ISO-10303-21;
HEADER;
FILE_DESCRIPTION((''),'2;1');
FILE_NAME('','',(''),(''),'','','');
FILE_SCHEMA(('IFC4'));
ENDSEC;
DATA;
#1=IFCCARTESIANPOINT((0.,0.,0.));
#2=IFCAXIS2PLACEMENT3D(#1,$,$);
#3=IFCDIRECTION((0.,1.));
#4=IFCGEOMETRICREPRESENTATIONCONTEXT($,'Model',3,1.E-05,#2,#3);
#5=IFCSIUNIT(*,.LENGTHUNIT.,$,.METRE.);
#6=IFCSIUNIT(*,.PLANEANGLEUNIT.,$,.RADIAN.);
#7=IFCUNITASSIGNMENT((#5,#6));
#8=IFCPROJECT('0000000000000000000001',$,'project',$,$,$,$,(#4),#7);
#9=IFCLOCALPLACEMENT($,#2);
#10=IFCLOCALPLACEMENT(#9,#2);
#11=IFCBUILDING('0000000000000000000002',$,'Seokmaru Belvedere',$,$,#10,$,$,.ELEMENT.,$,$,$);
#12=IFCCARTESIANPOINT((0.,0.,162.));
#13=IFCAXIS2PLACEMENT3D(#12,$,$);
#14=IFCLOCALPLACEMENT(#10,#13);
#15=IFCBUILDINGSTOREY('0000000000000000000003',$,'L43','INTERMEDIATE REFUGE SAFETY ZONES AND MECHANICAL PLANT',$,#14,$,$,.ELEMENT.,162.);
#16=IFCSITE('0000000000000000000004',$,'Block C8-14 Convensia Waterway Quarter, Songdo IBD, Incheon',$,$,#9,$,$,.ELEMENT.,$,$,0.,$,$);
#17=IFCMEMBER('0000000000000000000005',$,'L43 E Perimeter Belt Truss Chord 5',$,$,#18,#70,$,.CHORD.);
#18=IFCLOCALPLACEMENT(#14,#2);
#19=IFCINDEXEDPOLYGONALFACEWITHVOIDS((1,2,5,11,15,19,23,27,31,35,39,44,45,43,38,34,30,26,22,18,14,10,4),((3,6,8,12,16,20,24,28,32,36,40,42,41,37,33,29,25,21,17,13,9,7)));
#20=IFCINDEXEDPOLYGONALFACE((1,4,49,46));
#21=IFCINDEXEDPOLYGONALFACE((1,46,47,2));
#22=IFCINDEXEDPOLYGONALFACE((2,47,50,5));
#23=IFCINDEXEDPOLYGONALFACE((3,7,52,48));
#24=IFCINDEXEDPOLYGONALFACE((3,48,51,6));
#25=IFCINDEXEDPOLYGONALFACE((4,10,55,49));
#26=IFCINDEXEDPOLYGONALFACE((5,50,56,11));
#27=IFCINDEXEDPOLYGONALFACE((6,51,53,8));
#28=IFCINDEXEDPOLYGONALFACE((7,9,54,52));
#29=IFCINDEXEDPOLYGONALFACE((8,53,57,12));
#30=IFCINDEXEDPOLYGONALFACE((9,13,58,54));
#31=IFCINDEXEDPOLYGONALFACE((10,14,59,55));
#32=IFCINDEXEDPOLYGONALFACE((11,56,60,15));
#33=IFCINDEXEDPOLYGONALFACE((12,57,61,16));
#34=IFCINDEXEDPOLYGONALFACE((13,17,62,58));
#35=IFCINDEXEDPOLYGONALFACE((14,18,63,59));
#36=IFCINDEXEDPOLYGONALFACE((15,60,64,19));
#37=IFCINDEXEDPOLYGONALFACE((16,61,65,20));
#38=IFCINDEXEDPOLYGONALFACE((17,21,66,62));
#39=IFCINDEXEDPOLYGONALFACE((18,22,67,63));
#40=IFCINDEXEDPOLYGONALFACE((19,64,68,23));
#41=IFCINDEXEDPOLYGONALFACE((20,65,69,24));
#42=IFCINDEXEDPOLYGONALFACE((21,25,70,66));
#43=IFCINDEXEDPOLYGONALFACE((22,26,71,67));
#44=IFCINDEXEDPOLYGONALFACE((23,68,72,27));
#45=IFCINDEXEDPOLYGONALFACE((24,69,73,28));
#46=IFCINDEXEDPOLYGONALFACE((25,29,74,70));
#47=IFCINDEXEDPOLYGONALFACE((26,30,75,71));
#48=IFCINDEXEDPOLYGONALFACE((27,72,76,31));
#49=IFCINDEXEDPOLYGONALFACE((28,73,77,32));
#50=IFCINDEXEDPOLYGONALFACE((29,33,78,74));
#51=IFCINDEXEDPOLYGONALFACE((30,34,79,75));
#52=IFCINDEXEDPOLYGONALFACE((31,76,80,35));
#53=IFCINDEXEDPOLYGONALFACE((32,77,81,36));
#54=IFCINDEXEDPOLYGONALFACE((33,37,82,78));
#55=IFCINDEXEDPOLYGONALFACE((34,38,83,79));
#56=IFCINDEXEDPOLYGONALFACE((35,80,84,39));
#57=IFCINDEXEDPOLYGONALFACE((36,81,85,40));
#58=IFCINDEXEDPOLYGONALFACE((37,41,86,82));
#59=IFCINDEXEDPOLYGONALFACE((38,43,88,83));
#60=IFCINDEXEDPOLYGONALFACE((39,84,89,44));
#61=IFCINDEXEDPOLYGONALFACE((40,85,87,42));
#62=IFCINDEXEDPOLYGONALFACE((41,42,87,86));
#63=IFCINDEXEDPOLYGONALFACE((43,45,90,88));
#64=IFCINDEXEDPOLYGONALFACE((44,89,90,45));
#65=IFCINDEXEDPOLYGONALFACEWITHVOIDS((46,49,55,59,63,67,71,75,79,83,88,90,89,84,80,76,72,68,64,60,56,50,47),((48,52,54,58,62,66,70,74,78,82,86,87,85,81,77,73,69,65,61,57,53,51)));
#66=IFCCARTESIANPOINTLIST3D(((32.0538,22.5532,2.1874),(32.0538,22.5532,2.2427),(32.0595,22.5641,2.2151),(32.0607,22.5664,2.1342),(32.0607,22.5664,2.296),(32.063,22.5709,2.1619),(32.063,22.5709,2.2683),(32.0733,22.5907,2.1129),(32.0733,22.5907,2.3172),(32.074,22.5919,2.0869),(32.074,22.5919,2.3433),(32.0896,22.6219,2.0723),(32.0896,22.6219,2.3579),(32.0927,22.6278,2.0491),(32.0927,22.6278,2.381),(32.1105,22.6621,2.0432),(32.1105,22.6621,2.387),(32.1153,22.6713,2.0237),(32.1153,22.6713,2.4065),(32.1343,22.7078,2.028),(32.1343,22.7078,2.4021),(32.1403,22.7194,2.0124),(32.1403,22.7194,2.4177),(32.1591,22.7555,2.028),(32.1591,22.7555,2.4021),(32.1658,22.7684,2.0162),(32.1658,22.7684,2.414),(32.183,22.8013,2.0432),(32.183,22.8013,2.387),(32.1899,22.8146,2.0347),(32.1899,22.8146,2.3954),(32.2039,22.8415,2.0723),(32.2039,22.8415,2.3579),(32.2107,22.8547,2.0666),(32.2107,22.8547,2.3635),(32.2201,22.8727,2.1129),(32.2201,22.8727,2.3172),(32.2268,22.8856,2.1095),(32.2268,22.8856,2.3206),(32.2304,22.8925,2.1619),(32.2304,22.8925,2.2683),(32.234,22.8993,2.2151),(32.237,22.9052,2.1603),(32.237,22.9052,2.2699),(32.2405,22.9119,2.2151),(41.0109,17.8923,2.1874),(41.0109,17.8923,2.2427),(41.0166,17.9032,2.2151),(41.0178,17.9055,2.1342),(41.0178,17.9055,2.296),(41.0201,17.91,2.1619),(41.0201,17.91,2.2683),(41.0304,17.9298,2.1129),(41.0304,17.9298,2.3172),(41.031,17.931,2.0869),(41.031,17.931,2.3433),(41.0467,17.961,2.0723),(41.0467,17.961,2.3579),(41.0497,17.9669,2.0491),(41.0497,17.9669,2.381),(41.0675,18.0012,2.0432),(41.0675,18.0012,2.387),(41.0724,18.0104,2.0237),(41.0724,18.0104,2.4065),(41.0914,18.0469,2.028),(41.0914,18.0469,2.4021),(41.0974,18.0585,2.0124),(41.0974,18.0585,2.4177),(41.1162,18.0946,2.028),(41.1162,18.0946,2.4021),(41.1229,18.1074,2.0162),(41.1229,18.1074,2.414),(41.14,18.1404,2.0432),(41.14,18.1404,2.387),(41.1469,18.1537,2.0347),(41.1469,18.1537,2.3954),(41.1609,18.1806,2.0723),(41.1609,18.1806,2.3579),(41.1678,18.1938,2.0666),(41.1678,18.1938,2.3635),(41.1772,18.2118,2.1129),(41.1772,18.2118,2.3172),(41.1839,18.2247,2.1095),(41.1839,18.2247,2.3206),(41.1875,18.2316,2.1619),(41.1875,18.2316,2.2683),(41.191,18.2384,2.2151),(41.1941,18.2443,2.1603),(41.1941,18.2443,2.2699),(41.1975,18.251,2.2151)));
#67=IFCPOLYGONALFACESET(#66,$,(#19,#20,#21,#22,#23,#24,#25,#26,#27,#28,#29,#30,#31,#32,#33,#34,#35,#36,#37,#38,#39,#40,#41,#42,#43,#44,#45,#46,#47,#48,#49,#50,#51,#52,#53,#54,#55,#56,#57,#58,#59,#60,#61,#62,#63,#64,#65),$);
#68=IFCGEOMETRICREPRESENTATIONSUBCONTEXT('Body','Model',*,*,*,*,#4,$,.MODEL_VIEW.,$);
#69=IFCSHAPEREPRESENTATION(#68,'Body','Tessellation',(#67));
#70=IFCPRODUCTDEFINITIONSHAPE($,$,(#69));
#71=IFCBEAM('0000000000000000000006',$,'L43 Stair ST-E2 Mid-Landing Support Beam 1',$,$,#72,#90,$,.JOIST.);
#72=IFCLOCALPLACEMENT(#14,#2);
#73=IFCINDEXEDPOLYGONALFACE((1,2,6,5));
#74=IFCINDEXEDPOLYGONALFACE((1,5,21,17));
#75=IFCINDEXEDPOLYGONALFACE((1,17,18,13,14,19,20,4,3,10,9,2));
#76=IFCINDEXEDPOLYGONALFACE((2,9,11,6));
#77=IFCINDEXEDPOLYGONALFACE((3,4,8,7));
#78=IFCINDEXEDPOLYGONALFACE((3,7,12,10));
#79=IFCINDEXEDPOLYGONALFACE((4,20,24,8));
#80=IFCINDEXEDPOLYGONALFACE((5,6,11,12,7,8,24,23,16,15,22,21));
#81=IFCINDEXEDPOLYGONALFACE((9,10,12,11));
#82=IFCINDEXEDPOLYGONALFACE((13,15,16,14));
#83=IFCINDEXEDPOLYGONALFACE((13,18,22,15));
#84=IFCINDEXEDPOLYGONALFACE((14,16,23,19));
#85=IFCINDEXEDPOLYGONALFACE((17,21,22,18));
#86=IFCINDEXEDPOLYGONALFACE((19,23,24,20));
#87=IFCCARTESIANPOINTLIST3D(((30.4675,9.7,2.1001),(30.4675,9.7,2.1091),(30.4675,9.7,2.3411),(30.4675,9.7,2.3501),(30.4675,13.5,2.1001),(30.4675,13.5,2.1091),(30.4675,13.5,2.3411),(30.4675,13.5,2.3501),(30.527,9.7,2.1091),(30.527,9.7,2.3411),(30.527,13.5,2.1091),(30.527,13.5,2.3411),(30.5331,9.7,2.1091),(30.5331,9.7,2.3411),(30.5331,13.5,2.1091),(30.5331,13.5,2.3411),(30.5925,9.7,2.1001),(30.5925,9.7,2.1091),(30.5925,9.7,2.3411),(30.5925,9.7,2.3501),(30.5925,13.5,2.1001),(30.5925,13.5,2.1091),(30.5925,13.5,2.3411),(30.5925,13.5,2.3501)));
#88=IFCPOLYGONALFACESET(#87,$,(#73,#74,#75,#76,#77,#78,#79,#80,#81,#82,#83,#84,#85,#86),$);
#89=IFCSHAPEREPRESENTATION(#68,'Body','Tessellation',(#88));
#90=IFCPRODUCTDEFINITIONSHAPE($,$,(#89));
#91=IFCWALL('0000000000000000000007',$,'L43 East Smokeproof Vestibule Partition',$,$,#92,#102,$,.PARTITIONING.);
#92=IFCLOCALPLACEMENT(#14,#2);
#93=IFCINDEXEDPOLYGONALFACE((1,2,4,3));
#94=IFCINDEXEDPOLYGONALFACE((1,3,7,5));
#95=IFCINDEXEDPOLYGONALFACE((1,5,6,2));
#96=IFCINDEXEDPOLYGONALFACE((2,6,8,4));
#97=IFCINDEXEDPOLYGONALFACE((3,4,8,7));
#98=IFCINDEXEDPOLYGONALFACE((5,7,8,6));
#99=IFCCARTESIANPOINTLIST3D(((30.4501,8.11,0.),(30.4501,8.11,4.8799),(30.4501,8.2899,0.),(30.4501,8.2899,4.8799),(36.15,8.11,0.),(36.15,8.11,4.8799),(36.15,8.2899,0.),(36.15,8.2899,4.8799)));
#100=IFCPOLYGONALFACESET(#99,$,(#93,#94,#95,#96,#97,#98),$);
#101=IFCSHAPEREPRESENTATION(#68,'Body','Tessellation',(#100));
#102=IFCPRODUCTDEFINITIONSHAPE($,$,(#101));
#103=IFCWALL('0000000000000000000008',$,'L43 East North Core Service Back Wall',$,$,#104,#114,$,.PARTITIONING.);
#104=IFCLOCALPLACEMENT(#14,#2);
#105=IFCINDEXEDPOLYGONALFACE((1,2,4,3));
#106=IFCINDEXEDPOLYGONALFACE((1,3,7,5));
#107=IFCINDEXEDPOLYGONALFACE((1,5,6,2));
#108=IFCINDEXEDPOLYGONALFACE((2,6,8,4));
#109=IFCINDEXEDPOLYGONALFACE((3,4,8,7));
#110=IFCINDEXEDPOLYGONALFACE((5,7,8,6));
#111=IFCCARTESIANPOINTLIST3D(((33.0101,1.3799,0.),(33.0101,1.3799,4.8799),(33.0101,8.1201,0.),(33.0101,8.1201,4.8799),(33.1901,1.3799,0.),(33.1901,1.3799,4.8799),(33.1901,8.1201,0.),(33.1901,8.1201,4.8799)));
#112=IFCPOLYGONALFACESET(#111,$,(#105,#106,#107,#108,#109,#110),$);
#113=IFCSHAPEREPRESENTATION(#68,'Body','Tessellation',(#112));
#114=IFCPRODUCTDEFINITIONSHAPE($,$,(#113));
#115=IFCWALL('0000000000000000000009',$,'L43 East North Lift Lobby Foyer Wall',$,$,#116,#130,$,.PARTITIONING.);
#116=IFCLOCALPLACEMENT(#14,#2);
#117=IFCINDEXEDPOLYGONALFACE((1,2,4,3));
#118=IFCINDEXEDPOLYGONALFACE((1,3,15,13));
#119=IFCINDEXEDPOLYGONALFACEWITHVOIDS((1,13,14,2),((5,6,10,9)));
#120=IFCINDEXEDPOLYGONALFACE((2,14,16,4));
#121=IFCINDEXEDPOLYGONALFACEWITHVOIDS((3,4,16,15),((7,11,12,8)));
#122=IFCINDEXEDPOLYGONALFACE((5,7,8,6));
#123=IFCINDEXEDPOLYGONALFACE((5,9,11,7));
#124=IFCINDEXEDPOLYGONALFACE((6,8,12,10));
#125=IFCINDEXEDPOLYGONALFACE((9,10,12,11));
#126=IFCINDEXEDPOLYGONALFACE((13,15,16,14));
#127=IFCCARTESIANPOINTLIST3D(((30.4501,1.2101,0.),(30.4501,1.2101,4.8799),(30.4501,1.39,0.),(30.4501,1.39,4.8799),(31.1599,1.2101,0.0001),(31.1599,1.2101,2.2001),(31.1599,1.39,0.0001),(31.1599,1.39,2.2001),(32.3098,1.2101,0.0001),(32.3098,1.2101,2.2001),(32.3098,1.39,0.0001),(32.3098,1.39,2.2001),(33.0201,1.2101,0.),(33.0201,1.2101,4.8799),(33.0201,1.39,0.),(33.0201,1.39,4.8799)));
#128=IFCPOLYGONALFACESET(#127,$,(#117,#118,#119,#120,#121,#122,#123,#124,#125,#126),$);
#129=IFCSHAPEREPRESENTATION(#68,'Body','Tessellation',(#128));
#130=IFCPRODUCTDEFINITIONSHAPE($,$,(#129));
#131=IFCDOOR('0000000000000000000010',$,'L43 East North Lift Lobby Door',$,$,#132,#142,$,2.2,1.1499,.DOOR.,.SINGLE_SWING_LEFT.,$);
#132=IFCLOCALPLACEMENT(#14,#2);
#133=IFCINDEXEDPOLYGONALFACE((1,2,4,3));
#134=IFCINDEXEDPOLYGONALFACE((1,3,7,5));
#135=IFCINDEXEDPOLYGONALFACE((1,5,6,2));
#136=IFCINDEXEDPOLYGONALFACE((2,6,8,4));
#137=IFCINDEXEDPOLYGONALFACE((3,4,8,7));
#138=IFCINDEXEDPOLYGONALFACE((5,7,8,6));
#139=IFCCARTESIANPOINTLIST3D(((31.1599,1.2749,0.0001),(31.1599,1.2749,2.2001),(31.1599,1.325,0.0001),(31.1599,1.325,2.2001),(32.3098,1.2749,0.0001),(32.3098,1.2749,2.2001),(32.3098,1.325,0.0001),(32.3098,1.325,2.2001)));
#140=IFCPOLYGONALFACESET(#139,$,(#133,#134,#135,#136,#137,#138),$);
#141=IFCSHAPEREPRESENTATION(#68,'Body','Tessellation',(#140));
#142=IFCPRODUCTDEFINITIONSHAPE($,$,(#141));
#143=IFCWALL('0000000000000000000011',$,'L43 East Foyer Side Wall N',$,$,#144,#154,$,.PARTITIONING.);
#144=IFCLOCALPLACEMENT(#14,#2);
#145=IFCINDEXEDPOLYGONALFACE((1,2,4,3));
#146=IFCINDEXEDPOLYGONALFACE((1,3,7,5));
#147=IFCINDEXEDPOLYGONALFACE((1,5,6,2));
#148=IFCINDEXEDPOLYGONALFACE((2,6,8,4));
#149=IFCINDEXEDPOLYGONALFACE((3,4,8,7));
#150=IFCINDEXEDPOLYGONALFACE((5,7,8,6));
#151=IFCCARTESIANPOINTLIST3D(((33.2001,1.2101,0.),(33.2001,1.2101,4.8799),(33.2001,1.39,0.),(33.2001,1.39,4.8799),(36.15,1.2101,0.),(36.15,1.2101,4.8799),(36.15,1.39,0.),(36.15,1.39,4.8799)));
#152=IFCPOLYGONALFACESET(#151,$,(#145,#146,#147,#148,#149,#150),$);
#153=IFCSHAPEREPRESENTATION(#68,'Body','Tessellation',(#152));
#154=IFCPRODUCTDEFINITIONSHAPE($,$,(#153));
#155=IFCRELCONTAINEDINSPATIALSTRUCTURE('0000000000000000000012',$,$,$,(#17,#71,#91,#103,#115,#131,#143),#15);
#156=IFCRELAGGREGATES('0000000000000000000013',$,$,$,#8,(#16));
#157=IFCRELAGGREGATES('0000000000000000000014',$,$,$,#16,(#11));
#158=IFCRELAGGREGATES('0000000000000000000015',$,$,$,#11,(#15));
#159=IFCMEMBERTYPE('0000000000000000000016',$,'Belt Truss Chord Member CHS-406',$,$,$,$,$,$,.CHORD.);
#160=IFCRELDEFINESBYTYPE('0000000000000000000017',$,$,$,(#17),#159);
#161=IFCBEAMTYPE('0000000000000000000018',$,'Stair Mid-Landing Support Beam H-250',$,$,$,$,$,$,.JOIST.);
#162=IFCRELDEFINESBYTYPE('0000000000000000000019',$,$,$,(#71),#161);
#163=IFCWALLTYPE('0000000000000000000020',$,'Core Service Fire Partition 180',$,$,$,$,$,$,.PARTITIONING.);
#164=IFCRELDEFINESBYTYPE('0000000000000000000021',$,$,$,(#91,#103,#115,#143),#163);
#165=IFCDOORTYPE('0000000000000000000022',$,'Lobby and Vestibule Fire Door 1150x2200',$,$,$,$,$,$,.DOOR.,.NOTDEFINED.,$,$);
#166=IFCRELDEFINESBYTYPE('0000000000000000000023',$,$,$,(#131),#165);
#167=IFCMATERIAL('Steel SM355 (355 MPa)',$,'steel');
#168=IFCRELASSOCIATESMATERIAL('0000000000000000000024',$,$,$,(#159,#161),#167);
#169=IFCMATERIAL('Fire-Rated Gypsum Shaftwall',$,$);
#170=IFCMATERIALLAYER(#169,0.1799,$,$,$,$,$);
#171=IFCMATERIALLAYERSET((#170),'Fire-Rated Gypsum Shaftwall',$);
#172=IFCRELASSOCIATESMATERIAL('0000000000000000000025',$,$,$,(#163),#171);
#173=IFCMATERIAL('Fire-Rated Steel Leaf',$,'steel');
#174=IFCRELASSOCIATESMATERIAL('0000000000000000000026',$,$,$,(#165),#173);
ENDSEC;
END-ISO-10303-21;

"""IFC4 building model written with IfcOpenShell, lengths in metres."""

from ifc_helpers import new_model, si_unit, direction, frame, frame_2d, origin, origin_2d, place, context, subcontext, project, spatial, rectangle, hollow_circle, i_section, extrude, source, transform, mapped, material, layer, layer_set, material_profile, profile_set, type_object, type_shapes, element, fill, save


model = new_model("IFC4")

# Units and contexts
model_context = context("Model", 3, precision=1e-05, world=origin(), true_north=direction((0.0, 1.0)))
body_context = subcontext(model_context, "Body", "Model", "MODEL_VIEW")
ifc_project = project(units=[si_unit("LENGTHUNIT", "METRE"), si_unit("PLANEANGLEUNIT", "RADIAN")], contexts=[model_context])

# Site, building, storey
site_placement = place(None, origin())
site = spatial("IfcSite", under=ifc_project, at=site_placement, Name="Block C8-14 Convensia Waterway Quarter, Songdo IBD, Incheon", CompositionType="ELEMENT", RefElevation=0.0)
building_placement = place(site_placement, origin())
building = spatial("IfcBuilding", under=site, at=building_placement, Name="Seokmaru Belvedere", CompositionType="ELEMENT")
storey_placement = place(building_placement, frame((0.0, 0.0, 162.0)))
storey = spatial("IfcBuildingStorey", under=building, at=storey_placement, Name="L43", Description="INTERMEDIATE REFUGE SAFETY ZONES AND MECHANICAL PLANT", CompositionType="ELEMENT", Elevation=162.0)

# Shared definitions
ifc_material_1 = material(Name="Steel SM355 (355 MPa)", Category="steel")

# Member
ifc_material_profile_1 = material_profile(ifc_material_1, hollow_circle(Radius=0.2031, WallThickness=0.0142, at=origin_2d()), Name="CHS-406.4x14.2")
ifc_profile_set_1 = profile_set([ifc_material_profile_1], Name="Steel SM355 (355 MPa)")
member_type_1 = type_object("IfcMemberType", Name="Belt Truss Chord Member CHS-406", PredefinedType="CHORD", material=ifc_profile_set_1)
shared_shape_1 = source(origin(), body_context, "Body", "SweptSolid", [
    extrude(hollow_circle(Radius=0.2031, WallThickness=0.0142, at=origin_2d()), origin(), (0.0, 0.0, 1.0), 10.0972),
])
type_shapes(member_type_1, [shared_shape_1])
member_1_placement = place(storey_placement, frame((32.1467, 22.7317, 2.2151), z_axis=(0.887086, -0.461605, 0.0), x_axis=(0.461605, 0.887086, 0.0)))
element("IfcMember", 1, at=member_1_placement, inside=storey, type_object=member_type_1, Name="L43 E Perimeter Belt Truss Chord 5", PredefinedType="CHORD", context=body_context, shape_type="MappedRepresentation", body=[
    mapped(shared_shape_1, transform((0.0, 0.0, 0.0), scale=1.0)),
])

# Beam
ifc_material_profile_2 = material_profile(ifc_material_1, i_section(OverallWidth=0.125, OverallDepth=0.25, WebThickness=0.0061, FlangeThickness=0.009, at=origin_2d()), Name="H-250x125x6x9")
ifc_profile_set_2 = profile_set([ifc_material_profile_2], Name="Steel SM355 (355 MPa)")
beam_type_1 = type_object("IfcBeamType", Name="Stair Mid-Landing Support Beam H-250", PredefinedType="JOIST", material=ifc_profile_set_2)
shared_shape_2 = source(origin(), body_context, "Body", "SweptSolid", [
    extrude(i_section(OverallWidth=0.125, OverallDepth=0.25, WebThickness=0.0061, FlangeThickness=0.009, at=origin_2d()), origin(), (0.0, 0.0, 1.0), 3.8),
])
type_shapes(beam_type_1, [shared_shape_2])
beam_1_placement = place(storey_placement, frame((30.53, 9.7, 2.2251), z_axis=(0.0, 1.0, 0.0), x_axis=(-1.0, 0.0, 0.0)))
element("IfcBeam", 2, at=beam_1_placement, inside=storey, type_object=beam_type_1, Name="L43 Stair ST-E2 Mid-Landing Support Beam 1", PredefinedType="JOIST", context=body_context, shape_type="MappedRepresentation", body=[
    mapped(shared_shape_2, transform((0.0, 0.0, 0.0), scale=1.0)),
])

# Walls
ifc_material_2 = material(Name="Fire-Rated Gypsum Shaftwall")
ifc_layer_1 = layer(ifc_material_2, 0.1799)
ifc_layer_set_1 = layer_set([ifc_layer_1], Name="Fire-Rated Gypsum Shaftwall")
wall_type_1 = type_object("IfcWallType", Name="Core Service Fire Partition 180", PredefinedType="PARTITIONING", material=ifc_layer_set_1)
wall_1_placement = place(storey_placement, frame((30.45, 8.2, 0.0), z_axis=(0.0, 0.0, 1.0), x_axis=(1.0, 0.0, 0.0)))
element("IfcWall", 3, at=wall_1_placement, inside=storey, type_object=wall_type_1, Name="L43 East Smokeproof Vestibule Partition", PredefinedType="PARTITIONING", context=body_context, shape_type="SweptSolid", body=[
    extrude(rectangle(XDim=5.7, YDim=0.1799, at=frame_2d((2.8501, 0.0))), origin(), (0.0, 0.0, 1.0), 4.8799),
])
wall_2_placement = place(storey_placement, frame((33.1001, 1.3799, 0.0), z_axis=(0.0, 0.0, 1.0), x_axis=(0.0, 1.0, 0.0)))
element("IfcWall", 4, at=wall_2_placement, inside=storey, type_object=wall_type_1, Name="L43 East North Core Service Back Wall", PredefinedType="PARTITIONING", context=body_context, shape_type="SweptSolid", body=[
    extrude(rectangle(XDim=6.7402, YDim=0.1799, at=frame_2d((3.3701, 0.0))), origin(), (0.0, 0.0, 1.0), 4.8799),
])

# Wall, opening, door
wall_3_placement = place(storey_placement, frame((30.45, 1.3, 0.0), z_axis=(0.0, 0.0, 1.0), x_axis=(1.0, 0.0, 0.0)))
wall_3 = element("IfcWall", 5, at=wall_3_placement, inside=storey, type_object=wall_type_1, Name="L43 East North Lift Lobby Foyer Wall", PredefinedType="PARTITIONING", context=body_context, shape_type="SweptSolid", body=[
    extrude(rectangle(XDim=2.5701, YDim=0.1799, at=frame_2d((1.2852, 0.0))), origin(), (0.0, 0.0, 1.0), 4.8799),
])
opening_1_placement = place(wall_3_placement, frame((0.71, 0.0, 0.0)))
opening_1 = element("IfcOpeningElement", 6, at=opening_1_placement, cuts=wall_3, PredefinedType="OPENING", context=body_context, shape_type="SweptSolid", body=[
    extrude(rectangle(XDim=1.1499, YDim=2.2, at=frame_2d((0.575, 1.1001))), frame((0.0, 0.1001, 0.0), z_axis=(0.0, -1.0, 0.0), x_axis=(1.0, 0.0, 0.0)), (0.0, 0.0, 1.0), 0.2),
])
ifc_material_3 = material(Name="Fire-Rated Steel Leaf", Category="steel")
door_type_1 = type_object("IfcDoorType", Name="Lobby and Vestibule Fire Door 1150x2200", OperationType="NOTDEFINED", PredefinedType="DOOR", material=ifc_material_3)
shared_shape_3 = source(origin(), body_context, "Body", "SweptSolid", [
    extrude(rectangle(XDim=1.1499, YDim=2.2, at=frame_2d((0.575, 1.1001))), frame((0.0, 0.0249, 0.0), z_axis=(0.0, -1.0, 0.0), x_axis=(1.0, 0.0, 0.0)), (0.0, 0.0, 1.0), 0.05),
])
type_shapes(door_type_1, [shared_shape_3])
door_1_placement = place(opening_1_placement, origin())
door_1 = element("IfcDoor", 7, at=door_1_placement, inside=storey, type_object=door_type_1, Name="L43 East North Lift Lobby Door", OperationType="SINGLE_SWING_LEFT", OverallHeight=2.2, OverallWidth=1.1499, PredefinedType="DOOR", context=body_context, shape_type="MappedRepresentation", body=[
    mapped(shared_shape_3, transform((0.0, 0.0, 0.0), scale=1.0)),
])
fill(opening_1, door_1)

# Wall
wall_4_placement = place(storey_placement, frame((33.2, 1.3, 0.0), z_axis=(0.0, 0.0, 1.0), x_axis=(1.0, 0.0, 0.0)))
element("IfcWall", 8, at=wall_4_placement, inside=storey, type_object=wall_type_1, Name="L43 East Foyer Side Wall N", PredefinedType="PARTITIONING", context=body_context, shape_type="SweptSolid", body=[
    extrude(rectangle(XDim=2.95, YDim=0.1799, at=frame_2d((1.4751, 0.0))), origin(), (0.0, 0.0, 1.0), 4.8799),
])

save(model, "model.ifc")
